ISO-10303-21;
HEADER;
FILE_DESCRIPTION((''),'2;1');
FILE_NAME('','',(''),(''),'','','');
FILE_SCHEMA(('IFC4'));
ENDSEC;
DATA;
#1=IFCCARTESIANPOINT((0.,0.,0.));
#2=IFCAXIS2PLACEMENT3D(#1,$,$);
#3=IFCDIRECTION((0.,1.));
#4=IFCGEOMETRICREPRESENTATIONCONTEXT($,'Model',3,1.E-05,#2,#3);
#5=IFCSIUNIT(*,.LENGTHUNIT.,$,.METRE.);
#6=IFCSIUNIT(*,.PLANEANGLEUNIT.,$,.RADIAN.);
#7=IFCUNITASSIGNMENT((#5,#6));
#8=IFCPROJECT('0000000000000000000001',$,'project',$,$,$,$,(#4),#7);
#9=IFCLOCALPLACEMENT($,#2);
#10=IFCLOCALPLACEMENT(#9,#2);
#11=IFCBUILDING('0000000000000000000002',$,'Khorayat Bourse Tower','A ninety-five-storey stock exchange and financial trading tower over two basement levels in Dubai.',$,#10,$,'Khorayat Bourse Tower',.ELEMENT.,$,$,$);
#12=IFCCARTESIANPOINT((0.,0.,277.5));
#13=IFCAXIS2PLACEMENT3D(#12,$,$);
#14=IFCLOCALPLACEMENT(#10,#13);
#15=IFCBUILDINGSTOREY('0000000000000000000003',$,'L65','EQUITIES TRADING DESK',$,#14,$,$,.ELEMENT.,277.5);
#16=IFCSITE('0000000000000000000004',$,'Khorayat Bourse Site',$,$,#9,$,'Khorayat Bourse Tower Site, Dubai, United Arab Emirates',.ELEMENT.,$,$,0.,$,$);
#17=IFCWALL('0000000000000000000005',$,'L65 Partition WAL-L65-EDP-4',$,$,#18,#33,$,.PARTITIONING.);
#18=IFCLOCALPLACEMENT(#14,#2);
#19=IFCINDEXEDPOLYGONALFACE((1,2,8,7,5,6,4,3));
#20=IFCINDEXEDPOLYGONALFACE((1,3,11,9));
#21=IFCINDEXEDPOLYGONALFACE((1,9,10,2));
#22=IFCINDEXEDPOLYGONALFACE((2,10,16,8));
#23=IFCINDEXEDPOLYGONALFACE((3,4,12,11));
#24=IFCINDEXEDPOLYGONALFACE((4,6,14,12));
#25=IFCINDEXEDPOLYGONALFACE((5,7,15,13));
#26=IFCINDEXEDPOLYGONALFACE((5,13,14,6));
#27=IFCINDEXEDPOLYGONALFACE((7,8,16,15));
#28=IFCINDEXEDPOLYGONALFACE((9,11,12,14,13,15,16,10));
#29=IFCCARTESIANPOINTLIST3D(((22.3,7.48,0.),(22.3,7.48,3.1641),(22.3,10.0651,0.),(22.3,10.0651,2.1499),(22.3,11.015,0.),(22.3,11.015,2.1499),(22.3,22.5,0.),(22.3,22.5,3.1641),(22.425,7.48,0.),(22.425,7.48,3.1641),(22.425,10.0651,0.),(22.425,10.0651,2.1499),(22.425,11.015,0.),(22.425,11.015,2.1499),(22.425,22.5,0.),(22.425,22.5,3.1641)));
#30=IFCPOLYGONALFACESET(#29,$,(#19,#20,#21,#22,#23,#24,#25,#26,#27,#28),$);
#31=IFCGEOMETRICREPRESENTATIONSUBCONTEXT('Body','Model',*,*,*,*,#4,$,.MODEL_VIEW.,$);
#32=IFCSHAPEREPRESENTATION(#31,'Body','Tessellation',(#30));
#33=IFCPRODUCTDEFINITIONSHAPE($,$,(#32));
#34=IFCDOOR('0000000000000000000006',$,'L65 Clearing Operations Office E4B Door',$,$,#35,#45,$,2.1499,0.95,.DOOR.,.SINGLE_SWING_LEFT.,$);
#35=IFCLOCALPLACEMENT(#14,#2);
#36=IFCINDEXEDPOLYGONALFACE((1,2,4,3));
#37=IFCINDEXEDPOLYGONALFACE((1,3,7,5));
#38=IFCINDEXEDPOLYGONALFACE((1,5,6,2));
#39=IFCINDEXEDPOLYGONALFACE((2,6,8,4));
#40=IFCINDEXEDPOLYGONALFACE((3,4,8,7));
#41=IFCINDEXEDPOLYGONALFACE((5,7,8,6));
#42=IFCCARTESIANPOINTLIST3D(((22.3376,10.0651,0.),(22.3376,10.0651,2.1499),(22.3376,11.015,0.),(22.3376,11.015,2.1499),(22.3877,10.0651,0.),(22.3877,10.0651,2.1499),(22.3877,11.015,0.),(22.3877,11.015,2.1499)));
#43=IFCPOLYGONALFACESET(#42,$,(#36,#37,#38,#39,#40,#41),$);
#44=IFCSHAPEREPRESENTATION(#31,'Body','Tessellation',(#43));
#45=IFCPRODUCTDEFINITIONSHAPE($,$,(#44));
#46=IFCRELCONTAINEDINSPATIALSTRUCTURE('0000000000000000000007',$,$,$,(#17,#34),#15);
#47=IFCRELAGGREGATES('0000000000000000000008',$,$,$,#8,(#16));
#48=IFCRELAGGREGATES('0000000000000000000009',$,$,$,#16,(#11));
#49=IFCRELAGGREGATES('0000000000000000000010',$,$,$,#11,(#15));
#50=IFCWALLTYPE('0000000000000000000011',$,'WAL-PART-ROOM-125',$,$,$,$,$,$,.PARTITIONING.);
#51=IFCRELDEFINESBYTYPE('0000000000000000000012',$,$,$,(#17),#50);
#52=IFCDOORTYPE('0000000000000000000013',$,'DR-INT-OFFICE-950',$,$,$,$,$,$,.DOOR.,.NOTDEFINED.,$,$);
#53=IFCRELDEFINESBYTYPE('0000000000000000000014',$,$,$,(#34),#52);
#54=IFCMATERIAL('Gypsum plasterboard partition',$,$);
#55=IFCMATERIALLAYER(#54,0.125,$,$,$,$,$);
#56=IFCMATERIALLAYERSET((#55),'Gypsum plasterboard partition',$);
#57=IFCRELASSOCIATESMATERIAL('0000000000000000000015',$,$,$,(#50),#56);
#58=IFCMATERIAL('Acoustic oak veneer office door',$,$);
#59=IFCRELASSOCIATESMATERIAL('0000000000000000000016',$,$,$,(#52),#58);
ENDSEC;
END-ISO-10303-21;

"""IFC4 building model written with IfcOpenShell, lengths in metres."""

from ifc_helpers import new_model, si_unit, direction, frame, frame_2d, origin, place, context, subcontext, project, spatial, rectangle, extrude, source, transform, mapped, material, layer, layer_set, type_object, element, fill, save


model = new_model("IFC4")

# Units and contexts
model_context = context("Model", 3, precision=1e-05, world=origin(), true_north=direction((0.0, 1.0)))
body_context = subcontext(model_context, "Body", "Model", "MODEL_VIEW")
ifc_project = project(units=[si_unit("LENGTHUNIT", "METRE"), si_unit("PLANEANGLEUNIT", "RADIAN")], contexts=[model_context])

# Site, building, storey
site_placement = place(None, origin())
site = spatial("IfcSite", under=ifc_project, at=site_placement, Name="Khorayat Bourse Site", LongName="Khorayat Bourse Tower Site, Dubai, United Arab Emirates", CompositionType="ELEMENT", RefElevation=0.0)
building_placement = place(site_placement, origin())
building = spatial("IfcBuilding", under=site, at=building_placement, Name="Khorayat Bourse Tower", Description="A ninety-five-storey stock exchange and financial trading tower over two basement levels in Dubai.", LongName="Khorayat Bourse Tower", CompositionType="ELEMENT")
storey_placement = place(building_placement, frame((0.0, 0.0, 277.5)))
storey = spatial("IfcBuildingStorey", under=building, at=storey_placement, Name="L65", Description="EQUITIES TRADING DESK", CompositionType="ELEMENT", Elevation=277.5)

# Shared definitions
ifc_material_1 = material(Name="Gypsum plasterboard partition")
ifc_layer_1 = layer(ifc_material_1, 0.125)
ifc_layer_set_1 = layer_set([ifc_layer_1], Name="Gypsum plasterboard partition")
wall_type_1 = type_object("IfcWallType", Name="WAL-PART-ROOM-125", PredefinedType="PARTITIONING", material=ifc_layer_set_1)

# Wall, opening, door
shared_shape_1 = source(origin(), body_context, "Body", "SweptSolid", [
    extrude(rectangle(XDim=0.95, YDim=2.1499, at=frame_2d((0.4751, 1.075))), frame((0.0, 0.0725, 0.0), z_axis=(0.0, -1.0, 0.0), x_axis=(1.0, 0.0, 0.0)), (0.0, 0.0, 1.0), 0.145),
])
ifc_material_2 = material(Name="Acoustic oak veneer office door")
door_type = type_object("IfcDoorType", Name="DR-INT-OFFICE-950", OperationType="NOTDEFINED", PredefinedType="DOOR", material=ifc_material_2)
shared_shape_2 = source(origin(), body_context, "Body", "SweptSolid", [
    extrude(rectangle(XDim=0.95, YDim=2.1499, at=frame_2d((0.4751, 1.075))), frame((0.0, 0.0249, 0.0), z_axis=(0.0, -1.0, 0.0), x_axis=(1.0, 0.0, 0.0)), (0.0, 0.0, 1.0), 0.05),
])
shared_shape_3 = source(origin(), body_context, "Body", "SweptSolid", [
    extrude(rectangle(XDim=15.02, YDim=0.125, at=frame_2d((7.51, 0.0))), origin(), (0.0, 0.0, 1.0), 3.1641),
])
wall_1_placement = place(storey_placement, frame((22.3625, 7.48, 0.0), z_axis=(0.0, 0.0, 1.0), x_axis=(0.0, 1.0, 0.0)))
wall_1 = element("IfcWall", 1, at=wall_1_placement, inside=storey, type_object=wall_type_1, Name="L65 Partition WAL-L65-EDP-4", PredefinedType="PARTITIONING", context=body_context, shape_type="MappedRepresentation", body=[
    mapped(shared_shape_3, transform((0.0, 0.0, 0.0), scale=1.0)),
])
opening_1_placement = place(wall_1_placement, frame((2.585, 0.0, 0.0)))
opening_1 = element("IfcOpeningElement", 2, at=opening_1_placement, cuts=wall_1, PredefinedType="OPENING", context=body_context, shape_type="MappedRepresentation", body=[
    mapped(shared_shape_1, transform((0.0, 0.0, 0.0), scale=1.0)),
])
door_1_placement = place(opening_1_placement, origin())
door_1 = element("IfcDoor", 3, at=door_1_placement, inside=storey, type_object=door_type, Name="L65 Clearing Operations Office E4B Door", OperationType="SINGLE_SWING_LEFT", OverallHeight=2.1499, OverallWidth=0.95, PredefinedType="DOOR", context=body_context, shape_type="MappedRepresentation", body=[
    mapped(shared_shape_2, transform((0.0, 0.0, 0.0), scale=1.0)),
])
fill(opening_1, door_1)

save(model, "model.ifc")
